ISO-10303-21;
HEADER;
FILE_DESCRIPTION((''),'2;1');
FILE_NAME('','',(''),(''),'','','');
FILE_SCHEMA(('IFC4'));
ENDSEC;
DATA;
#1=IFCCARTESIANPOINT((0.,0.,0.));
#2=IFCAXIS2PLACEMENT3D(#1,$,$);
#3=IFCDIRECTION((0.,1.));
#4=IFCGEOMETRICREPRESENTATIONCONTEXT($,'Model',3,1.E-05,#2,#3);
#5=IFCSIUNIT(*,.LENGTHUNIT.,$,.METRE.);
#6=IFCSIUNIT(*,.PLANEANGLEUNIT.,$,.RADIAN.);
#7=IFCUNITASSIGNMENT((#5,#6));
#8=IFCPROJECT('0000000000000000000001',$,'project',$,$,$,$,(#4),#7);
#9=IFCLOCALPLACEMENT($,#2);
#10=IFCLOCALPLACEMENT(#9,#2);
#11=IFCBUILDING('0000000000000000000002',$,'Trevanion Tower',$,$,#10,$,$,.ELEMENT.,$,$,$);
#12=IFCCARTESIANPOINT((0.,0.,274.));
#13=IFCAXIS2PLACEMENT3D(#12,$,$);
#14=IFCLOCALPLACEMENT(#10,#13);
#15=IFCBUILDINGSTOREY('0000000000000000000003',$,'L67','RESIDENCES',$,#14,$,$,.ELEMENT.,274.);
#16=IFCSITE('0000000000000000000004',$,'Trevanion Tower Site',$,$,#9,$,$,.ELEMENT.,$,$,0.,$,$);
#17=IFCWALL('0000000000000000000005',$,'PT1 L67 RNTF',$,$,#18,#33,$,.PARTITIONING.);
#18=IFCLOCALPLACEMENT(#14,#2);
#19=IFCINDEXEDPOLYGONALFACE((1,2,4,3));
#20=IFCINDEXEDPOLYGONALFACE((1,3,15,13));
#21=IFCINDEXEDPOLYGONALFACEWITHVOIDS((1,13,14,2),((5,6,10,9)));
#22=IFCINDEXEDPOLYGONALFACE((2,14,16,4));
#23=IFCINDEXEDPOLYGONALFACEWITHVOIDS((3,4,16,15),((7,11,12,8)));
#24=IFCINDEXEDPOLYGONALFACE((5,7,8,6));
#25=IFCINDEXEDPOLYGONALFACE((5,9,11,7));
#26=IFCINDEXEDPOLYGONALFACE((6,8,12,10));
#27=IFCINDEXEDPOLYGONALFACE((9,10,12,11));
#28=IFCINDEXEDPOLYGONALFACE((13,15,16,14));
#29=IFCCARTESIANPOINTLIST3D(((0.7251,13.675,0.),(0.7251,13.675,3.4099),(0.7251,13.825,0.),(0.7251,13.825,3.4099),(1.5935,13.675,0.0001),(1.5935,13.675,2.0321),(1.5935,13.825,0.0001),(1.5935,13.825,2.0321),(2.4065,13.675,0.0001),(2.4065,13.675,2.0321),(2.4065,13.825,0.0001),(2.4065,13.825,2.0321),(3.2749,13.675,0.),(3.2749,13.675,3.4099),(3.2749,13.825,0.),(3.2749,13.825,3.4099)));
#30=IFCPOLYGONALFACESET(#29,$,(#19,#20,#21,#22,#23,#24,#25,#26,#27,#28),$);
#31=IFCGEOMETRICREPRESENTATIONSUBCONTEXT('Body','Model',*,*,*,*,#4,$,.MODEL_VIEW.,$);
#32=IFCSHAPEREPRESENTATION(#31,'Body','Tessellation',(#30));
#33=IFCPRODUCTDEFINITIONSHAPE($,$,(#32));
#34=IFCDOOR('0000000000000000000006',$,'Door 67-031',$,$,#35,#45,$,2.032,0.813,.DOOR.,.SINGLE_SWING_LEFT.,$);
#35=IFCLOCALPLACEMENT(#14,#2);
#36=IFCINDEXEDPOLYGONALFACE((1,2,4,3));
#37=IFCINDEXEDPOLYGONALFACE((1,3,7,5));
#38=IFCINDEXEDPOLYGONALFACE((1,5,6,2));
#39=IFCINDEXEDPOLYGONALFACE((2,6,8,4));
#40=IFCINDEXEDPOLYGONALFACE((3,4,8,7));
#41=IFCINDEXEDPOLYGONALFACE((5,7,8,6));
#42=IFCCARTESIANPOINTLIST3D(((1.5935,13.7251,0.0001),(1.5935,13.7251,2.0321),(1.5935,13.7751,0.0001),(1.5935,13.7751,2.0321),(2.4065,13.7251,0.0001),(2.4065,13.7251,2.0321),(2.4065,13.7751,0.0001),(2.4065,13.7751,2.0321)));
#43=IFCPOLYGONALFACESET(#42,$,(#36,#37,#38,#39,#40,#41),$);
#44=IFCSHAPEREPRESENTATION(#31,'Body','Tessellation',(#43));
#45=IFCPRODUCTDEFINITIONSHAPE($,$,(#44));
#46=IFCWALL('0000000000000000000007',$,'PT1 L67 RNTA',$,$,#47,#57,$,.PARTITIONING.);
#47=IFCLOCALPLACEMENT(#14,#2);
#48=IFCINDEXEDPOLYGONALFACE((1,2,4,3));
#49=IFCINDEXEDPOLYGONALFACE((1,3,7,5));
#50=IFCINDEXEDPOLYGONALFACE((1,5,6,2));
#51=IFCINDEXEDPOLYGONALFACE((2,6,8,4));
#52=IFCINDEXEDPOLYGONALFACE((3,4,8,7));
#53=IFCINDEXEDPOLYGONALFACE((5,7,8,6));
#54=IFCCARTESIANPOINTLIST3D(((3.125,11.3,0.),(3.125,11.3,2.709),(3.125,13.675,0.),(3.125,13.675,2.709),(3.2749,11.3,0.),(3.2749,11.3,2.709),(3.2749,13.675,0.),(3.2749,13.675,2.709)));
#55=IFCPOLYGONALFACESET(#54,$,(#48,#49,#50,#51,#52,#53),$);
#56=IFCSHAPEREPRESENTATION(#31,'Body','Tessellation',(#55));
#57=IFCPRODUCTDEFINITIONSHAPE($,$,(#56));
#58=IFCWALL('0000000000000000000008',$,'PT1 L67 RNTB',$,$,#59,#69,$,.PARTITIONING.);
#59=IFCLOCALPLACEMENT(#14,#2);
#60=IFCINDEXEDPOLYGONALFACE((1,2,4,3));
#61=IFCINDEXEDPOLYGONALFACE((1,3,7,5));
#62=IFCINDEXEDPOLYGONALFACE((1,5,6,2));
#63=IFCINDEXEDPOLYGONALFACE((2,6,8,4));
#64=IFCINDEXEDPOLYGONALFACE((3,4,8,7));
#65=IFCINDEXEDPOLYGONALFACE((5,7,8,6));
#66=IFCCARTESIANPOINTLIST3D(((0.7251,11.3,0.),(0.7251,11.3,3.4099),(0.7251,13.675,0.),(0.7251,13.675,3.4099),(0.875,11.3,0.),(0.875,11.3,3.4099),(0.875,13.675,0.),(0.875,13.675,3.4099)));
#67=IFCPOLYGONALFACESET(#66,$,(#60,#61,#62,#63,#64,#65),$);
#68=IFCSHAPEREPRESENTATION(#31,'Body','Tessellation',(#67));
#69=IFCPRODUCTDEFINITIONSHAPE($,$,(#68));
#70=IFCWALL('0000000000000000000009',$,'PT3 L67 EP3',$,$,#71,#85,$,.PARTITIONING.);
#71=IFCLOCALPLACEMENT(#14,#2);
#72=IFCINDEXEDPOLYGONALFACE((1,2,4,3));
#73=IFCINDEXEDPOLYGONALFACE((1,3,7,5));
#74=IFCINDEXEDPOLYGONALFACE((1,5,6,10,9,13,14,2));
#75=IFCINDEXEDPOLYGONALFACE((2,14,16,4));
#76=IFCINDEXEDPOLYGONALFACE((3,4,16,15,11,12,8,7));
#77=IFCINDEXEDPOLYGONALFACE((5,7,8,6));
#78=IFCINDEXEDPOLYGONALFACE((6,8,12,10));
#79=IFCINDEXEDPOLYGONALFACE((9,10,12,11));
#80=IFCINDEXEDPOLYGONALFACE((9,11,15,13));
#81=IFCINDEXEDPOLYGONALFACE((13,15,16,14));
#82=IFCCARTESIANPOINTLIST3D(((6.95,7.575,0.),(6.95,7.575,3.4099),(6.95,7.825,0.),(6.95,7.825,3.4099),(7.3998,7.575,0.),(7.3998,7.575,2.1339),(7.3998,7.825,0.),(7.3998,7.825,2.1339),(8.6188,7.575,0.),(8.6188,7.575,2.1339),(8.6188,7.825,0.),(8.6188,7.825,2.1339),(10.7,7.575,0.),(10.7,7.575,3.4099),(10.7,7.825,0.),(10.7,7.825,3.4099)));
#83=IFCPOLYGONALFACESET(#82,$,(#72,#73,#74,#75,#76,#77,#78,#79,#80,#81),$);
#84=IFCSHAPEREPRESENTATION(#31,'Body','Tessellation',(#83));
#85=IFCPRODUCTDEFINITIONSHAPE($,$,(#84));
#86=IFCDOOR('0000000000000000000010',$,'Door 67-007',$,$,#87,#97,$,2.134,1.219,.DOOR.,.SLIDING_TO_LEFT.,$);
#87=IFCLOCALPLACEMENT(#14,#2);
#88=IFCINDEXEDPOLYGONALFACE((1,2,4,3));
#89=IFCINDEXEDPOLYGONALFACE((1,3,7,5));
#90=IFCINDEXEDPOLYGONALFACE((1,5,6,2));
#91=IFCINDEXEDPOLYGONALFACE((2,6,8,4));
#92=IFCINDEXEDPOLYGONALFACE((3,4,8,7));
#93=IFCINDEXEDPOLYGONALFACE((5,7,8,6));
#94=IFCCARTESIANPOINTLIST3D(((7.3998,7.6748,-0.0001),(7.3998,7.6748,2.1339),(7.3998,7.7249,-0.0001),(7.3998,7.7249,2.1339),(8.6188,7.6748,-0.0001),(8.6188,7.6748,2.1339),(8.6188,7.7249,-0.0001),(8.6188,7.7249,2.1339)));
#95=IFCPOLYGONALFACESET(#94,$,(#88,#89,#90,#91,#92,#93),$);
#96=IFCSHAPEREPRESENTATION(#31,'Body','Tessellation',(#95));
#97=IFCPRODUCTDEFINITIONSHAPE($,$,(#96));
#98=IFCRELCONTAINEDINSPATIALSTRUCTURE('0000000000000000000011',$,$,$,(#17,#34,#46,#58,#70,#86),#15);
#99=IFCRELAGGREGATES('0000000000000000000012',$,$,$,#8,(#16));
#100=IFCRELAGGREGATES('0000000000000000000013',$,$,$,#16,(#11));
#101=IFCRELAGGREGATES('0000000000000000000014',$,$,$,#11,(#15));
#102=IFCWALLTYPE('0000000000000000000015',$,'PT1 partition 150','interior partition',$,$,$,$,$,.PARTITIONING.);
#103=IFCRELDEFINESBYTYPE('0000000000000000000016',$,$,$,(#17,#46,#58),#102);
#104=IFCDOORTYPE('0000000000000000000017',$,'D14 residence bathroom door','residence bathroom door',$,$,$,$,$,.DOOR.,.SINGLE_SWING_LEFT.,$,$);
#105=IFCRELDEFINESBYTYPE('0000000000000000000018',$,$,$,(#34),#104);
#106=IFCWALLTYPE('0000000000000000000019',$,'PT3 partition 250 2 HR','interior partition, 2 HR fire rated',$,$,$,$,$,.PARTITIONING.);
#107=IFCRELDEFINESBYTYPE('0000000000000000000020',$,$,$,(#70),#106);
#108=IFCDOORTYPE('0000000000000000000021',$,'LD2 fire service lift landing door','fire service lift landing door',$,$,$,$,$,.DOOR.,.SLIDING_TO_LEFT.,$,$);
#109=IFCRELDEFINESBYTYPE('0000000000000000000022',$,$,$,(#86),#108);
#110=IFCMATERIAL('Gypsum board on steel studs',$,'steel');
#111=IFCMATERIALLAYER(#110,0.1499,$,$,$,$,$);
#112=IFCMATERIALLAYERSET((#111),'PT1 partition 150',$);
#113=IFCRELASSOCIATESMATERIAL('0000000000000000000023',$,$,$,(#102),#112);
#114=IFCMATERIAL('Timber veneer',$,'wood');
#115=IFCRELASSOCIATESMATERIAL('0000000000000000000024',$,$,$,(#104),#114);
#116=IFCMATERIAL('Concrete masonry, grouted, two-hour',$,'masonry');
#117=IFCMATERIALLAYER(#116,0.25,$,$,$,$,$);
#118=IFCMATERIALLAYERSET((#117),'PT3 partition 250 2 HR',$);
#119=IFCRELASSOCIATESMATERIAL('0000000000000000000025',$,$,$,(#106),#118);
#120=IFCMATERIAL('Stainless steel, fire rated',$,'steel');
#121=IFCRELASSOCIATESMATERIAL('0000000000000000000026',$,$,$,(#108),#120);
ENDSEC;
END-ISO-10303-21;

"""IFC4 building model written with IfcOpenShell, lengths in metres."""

from ifc_helpers import new_model, si_unit, direction, frame, frame_2d, origin, place, context, subcontext, project, spatial, rectangle, extrude, material, layer, layer_set, type_object, element, fill, save


model = new_model("IFC4")

# Units and contexts
model_context = context("Model", 3, precision=1e-05, world=origin(), true_north=direction((0.0, 1.0)))
body_context = subcontext(model_context, "Body", "Model", "MODEL_VIEW")
ifc_project = project(units=[si_unit("LENGTHUNIT", "METRE"), si_unit("PLANEANGLEUNIT", "RADIAN")], contexts=[model_context])

# Site, building, storey
site_placement = place(None, origin())
site = spatial("IfcSite", under=ifc_project, at=site_placement, Name="Trevanion Tower Site", CompositionType="ELEMENT", RefElevation=0.0)
building_placement = place(site_placement, origin())
building = spatial("IfcBuilding", under=site, at=building_placement, Name="Trevanion Tower", CompositionType="ELEMENT")
storey_placement = place(building_placement, frame((0.0, 0.0, 274.0)))
storey = spatial("IfcBuildingStorey", under=building, at=storey_placement, Name="L67", Description="RESIDENCES", CompositionType="ELEMENT", Elevation=274.0)

# Wall, opening, door
ifc_material_1 = material(Name="Gypsum board on steel studs", Category="steel")
ifc_layer_1 = layer(ifc_material_1, 0.1499)
ifc_layer_set_1 = layer_set([ifc_layer_1], Name="PT1 partition 150")
wall_type_1 = type_object("IfcWallType", Name="PT1 partition 150", Description="interior partition", PredefinedType="PARTITIONING", material=ifc_layer_set_1)
wall_1_placement = place(storey_placement, frame((3.2749, 13.75, 0.0), z_axis=(0.0, 0.0, 1.0), x_axis=(-1.0, 0.0, 0.0)))
wall_1 = element("IfcWall", 1, at=wall_1_placement, inside=storey, type_object=wall_type_1, Name="PT1 L67 RNTF", PredefinedType="PARTITIONING", context=body_context, shape_type="SweptSolid", body=[
    extrude(rectangle(XDim=2.5498, YDim=0.1499, at=frame_2d((1.2749, 0.0))), origin(), (0.0, 0.0, 1.0), 3.4099),
])
opening_1_placement = place(wall_1_placement, frame((0.8684, 0.0, 0.0)))
opening_1 = element("IfcOpeningElement", 2, at=opening_1_placement, cuts=wall_1, PredefinedType="OPENING", context=body_context, shape_type="SweptSolid", body=[
    extrude(rectangle(XDim=0.813, YDim=2.032, at=frame_2d((0.4065, 1.0161))), frame((0.0, 0.085, 0.0), z_axis=(0.0, -1.0, 0.0), x_axis=(1.0, 0.0, 0.0)), (0.0, 0.0, 1.0), 0.1699),
])
ifc_material_2 = material(Name="Timber veneer", Category="wood")
door_type_1 = type_object("IfcDoorType", Name="D14 residence bathroom door", Description="residence bathroom door", OperationType="SINGLE_SWING_LEFT", PredefinedType="DOOR", material=ifc_material_2)
door_1_placement = place(opening_1_placement, origin())
door_1 = element("IfcDoor", 3, at=door_1_placement, inside=storey, type_object=door_type_1, Name="Door 67-031", OperationType="SINGLE_SWING_LEFT", OverallHeight=2.032, OverallWidth=0.813, PredefinedType="DOOR", context=body_context, shape_type="SweptSolid", body=[
    extrude(rectangle(XDim=0.813, YDim=2.032, at=frame_2d((0.4065, 1.0161))), frame((0.0, 0.0249, 0.0), z_axis=(0.0, -1.0, 0.0), x_axis=(1.0, 0.0, 0.0)), (0.0, 0.0, 1.0), 0.05),
])
fill(opening_1, door_1)

# Walls
wall_2_placement = place(storey_placement, frame((3.2, 11.3, 0.0), z_axis=(0.0, 0.0, 1.0), x_axis=(0.0, 1.0, 0.0)))
element("IfcWall", 4, at=wall_2_placement, inside=storey, type_object=wall_type_1, Name="PT1 L67 RNTA", PredefinedType="PARTITIONING", context=body_context, shape_type="SweptSolid", body=[
    extrude(rectangle(XDim=2.375, YDim=0.1499, at=frame_2d((1.1875, 0.0))), origin(), (0.0, 0.0, 1.0), 2.709),
])
wall_3_placement = place(storey_placement, frame((0.8, 11.3, 0.0), z_axis=(0.0, 0.0, 1.0), x_axis=(0.0, 1.0, 0.0)))
element("IfcWall", 5, at=wall_3_placement, inside=storey, type_object=wall_type_1, Name="PT1 L67 RNTB", PredefinedType="PARTITIONING", context=body_context, shape_type="SweptSolid", body=[
    extrude(rectangle(XDim=2.375, YDim=0.1499, at=frame_2d((1.1875, 0.0))), origin(), (0.0, 0.0, 1.0), 3.4099),
])

# Wall, opening, door
ifc_material_3 = material(Name="Concrete masonry, grouted, two-hour", Category="masonry")
ifc_layer_2 = layer(ifc_material_3, 0.25)
ifc_layer_set_2 = layer_set([ifc_layer_2], Name="PT3 partition 250 2 HR")
wall_type_2 = type_object("IfcWallType", Name="PT3 partition 250 2 HR", Description="interior partition, 2 HR fire rated", PredefinedType="PARTITIONING", material=ifc_layer_set_2)
wall_4_placement = place(storey_placement, frame((6.95, 7.7, 0.0), z_axis=(0.0, 0.0, 1.0), x_axis=(1.0, 0.0, 0.0)))
wall_4 = element("IfcWall", 6, at=wall_4_placement, inside=storey, type_object=wall_type_2, Name="PT3 L67 EP3", PredefinedType="PARTITIONING", context=body_context, shape_type="SweptSolid", body=[
    extrude(rectangle(XDim=3.75, YDim=0.25, at=frame_2d((1.875, 0.0))), origin(), (0.0, 0.0, 1.0), 3.4099),
])
opening_2_placement = place(wall_4_placement, frame((0.45, 0.0, 0.0)))
opening_2 = element("IfcOpeningElement", 7, at=opening_2_placement, cuts=wall_4, PredefinedType="OPENING", context=body_context, shape_type="SweptSolid", body=[
    extrude(rectangle(XDim=1.219, YDim=2.134, at=frame_2d((0.6094, 1.0669))), frame((0.0, 0.135, 0.0), z_axis=(0.0, -1.0, 0.0), x_axis=(1.0, 0.0, 0.0)), (0.0, 0.0, 1.0), 0.27),
])
ifc_material_4 = material(Name="Stainless steel, fire rated", Category="steel")
door_type_2 = type_object("IfcDoorType", Name="LD2 fire service lift landing door", Description="fire service lift landing door", OperationType="SLIDING_TO_LEFT", PredefinedType="DOOR", material=ifc_material_4)
door_2_placement = place(opening_2_placement, origin())
door_2 = element("IfcDoor", 8, at=door_2_placement, inside=storey, type_object=door_type_2, Name="Door 67-007", OperationType="SLIDING_TO_LEFT", OverallHeight=2.134, OverallWidth=1.219, PredefinedType="DOOR", context=body_context, shape_type="SweptSolid", body=[
    extrude(rectangle(XDim=1.219, YDim=2.134, at=frame_2d((0.6094, 1.0669))), frame((0.0, 0.0249, 0.0), z_axis=(0.0, -1.0, 0.0), x_axis=(1.0, 0.0, 0.0)), (0.0, 0.0, 1.0), 0.05),
])
fill(opening_2, door_2)

save(model, "model.ifc")
